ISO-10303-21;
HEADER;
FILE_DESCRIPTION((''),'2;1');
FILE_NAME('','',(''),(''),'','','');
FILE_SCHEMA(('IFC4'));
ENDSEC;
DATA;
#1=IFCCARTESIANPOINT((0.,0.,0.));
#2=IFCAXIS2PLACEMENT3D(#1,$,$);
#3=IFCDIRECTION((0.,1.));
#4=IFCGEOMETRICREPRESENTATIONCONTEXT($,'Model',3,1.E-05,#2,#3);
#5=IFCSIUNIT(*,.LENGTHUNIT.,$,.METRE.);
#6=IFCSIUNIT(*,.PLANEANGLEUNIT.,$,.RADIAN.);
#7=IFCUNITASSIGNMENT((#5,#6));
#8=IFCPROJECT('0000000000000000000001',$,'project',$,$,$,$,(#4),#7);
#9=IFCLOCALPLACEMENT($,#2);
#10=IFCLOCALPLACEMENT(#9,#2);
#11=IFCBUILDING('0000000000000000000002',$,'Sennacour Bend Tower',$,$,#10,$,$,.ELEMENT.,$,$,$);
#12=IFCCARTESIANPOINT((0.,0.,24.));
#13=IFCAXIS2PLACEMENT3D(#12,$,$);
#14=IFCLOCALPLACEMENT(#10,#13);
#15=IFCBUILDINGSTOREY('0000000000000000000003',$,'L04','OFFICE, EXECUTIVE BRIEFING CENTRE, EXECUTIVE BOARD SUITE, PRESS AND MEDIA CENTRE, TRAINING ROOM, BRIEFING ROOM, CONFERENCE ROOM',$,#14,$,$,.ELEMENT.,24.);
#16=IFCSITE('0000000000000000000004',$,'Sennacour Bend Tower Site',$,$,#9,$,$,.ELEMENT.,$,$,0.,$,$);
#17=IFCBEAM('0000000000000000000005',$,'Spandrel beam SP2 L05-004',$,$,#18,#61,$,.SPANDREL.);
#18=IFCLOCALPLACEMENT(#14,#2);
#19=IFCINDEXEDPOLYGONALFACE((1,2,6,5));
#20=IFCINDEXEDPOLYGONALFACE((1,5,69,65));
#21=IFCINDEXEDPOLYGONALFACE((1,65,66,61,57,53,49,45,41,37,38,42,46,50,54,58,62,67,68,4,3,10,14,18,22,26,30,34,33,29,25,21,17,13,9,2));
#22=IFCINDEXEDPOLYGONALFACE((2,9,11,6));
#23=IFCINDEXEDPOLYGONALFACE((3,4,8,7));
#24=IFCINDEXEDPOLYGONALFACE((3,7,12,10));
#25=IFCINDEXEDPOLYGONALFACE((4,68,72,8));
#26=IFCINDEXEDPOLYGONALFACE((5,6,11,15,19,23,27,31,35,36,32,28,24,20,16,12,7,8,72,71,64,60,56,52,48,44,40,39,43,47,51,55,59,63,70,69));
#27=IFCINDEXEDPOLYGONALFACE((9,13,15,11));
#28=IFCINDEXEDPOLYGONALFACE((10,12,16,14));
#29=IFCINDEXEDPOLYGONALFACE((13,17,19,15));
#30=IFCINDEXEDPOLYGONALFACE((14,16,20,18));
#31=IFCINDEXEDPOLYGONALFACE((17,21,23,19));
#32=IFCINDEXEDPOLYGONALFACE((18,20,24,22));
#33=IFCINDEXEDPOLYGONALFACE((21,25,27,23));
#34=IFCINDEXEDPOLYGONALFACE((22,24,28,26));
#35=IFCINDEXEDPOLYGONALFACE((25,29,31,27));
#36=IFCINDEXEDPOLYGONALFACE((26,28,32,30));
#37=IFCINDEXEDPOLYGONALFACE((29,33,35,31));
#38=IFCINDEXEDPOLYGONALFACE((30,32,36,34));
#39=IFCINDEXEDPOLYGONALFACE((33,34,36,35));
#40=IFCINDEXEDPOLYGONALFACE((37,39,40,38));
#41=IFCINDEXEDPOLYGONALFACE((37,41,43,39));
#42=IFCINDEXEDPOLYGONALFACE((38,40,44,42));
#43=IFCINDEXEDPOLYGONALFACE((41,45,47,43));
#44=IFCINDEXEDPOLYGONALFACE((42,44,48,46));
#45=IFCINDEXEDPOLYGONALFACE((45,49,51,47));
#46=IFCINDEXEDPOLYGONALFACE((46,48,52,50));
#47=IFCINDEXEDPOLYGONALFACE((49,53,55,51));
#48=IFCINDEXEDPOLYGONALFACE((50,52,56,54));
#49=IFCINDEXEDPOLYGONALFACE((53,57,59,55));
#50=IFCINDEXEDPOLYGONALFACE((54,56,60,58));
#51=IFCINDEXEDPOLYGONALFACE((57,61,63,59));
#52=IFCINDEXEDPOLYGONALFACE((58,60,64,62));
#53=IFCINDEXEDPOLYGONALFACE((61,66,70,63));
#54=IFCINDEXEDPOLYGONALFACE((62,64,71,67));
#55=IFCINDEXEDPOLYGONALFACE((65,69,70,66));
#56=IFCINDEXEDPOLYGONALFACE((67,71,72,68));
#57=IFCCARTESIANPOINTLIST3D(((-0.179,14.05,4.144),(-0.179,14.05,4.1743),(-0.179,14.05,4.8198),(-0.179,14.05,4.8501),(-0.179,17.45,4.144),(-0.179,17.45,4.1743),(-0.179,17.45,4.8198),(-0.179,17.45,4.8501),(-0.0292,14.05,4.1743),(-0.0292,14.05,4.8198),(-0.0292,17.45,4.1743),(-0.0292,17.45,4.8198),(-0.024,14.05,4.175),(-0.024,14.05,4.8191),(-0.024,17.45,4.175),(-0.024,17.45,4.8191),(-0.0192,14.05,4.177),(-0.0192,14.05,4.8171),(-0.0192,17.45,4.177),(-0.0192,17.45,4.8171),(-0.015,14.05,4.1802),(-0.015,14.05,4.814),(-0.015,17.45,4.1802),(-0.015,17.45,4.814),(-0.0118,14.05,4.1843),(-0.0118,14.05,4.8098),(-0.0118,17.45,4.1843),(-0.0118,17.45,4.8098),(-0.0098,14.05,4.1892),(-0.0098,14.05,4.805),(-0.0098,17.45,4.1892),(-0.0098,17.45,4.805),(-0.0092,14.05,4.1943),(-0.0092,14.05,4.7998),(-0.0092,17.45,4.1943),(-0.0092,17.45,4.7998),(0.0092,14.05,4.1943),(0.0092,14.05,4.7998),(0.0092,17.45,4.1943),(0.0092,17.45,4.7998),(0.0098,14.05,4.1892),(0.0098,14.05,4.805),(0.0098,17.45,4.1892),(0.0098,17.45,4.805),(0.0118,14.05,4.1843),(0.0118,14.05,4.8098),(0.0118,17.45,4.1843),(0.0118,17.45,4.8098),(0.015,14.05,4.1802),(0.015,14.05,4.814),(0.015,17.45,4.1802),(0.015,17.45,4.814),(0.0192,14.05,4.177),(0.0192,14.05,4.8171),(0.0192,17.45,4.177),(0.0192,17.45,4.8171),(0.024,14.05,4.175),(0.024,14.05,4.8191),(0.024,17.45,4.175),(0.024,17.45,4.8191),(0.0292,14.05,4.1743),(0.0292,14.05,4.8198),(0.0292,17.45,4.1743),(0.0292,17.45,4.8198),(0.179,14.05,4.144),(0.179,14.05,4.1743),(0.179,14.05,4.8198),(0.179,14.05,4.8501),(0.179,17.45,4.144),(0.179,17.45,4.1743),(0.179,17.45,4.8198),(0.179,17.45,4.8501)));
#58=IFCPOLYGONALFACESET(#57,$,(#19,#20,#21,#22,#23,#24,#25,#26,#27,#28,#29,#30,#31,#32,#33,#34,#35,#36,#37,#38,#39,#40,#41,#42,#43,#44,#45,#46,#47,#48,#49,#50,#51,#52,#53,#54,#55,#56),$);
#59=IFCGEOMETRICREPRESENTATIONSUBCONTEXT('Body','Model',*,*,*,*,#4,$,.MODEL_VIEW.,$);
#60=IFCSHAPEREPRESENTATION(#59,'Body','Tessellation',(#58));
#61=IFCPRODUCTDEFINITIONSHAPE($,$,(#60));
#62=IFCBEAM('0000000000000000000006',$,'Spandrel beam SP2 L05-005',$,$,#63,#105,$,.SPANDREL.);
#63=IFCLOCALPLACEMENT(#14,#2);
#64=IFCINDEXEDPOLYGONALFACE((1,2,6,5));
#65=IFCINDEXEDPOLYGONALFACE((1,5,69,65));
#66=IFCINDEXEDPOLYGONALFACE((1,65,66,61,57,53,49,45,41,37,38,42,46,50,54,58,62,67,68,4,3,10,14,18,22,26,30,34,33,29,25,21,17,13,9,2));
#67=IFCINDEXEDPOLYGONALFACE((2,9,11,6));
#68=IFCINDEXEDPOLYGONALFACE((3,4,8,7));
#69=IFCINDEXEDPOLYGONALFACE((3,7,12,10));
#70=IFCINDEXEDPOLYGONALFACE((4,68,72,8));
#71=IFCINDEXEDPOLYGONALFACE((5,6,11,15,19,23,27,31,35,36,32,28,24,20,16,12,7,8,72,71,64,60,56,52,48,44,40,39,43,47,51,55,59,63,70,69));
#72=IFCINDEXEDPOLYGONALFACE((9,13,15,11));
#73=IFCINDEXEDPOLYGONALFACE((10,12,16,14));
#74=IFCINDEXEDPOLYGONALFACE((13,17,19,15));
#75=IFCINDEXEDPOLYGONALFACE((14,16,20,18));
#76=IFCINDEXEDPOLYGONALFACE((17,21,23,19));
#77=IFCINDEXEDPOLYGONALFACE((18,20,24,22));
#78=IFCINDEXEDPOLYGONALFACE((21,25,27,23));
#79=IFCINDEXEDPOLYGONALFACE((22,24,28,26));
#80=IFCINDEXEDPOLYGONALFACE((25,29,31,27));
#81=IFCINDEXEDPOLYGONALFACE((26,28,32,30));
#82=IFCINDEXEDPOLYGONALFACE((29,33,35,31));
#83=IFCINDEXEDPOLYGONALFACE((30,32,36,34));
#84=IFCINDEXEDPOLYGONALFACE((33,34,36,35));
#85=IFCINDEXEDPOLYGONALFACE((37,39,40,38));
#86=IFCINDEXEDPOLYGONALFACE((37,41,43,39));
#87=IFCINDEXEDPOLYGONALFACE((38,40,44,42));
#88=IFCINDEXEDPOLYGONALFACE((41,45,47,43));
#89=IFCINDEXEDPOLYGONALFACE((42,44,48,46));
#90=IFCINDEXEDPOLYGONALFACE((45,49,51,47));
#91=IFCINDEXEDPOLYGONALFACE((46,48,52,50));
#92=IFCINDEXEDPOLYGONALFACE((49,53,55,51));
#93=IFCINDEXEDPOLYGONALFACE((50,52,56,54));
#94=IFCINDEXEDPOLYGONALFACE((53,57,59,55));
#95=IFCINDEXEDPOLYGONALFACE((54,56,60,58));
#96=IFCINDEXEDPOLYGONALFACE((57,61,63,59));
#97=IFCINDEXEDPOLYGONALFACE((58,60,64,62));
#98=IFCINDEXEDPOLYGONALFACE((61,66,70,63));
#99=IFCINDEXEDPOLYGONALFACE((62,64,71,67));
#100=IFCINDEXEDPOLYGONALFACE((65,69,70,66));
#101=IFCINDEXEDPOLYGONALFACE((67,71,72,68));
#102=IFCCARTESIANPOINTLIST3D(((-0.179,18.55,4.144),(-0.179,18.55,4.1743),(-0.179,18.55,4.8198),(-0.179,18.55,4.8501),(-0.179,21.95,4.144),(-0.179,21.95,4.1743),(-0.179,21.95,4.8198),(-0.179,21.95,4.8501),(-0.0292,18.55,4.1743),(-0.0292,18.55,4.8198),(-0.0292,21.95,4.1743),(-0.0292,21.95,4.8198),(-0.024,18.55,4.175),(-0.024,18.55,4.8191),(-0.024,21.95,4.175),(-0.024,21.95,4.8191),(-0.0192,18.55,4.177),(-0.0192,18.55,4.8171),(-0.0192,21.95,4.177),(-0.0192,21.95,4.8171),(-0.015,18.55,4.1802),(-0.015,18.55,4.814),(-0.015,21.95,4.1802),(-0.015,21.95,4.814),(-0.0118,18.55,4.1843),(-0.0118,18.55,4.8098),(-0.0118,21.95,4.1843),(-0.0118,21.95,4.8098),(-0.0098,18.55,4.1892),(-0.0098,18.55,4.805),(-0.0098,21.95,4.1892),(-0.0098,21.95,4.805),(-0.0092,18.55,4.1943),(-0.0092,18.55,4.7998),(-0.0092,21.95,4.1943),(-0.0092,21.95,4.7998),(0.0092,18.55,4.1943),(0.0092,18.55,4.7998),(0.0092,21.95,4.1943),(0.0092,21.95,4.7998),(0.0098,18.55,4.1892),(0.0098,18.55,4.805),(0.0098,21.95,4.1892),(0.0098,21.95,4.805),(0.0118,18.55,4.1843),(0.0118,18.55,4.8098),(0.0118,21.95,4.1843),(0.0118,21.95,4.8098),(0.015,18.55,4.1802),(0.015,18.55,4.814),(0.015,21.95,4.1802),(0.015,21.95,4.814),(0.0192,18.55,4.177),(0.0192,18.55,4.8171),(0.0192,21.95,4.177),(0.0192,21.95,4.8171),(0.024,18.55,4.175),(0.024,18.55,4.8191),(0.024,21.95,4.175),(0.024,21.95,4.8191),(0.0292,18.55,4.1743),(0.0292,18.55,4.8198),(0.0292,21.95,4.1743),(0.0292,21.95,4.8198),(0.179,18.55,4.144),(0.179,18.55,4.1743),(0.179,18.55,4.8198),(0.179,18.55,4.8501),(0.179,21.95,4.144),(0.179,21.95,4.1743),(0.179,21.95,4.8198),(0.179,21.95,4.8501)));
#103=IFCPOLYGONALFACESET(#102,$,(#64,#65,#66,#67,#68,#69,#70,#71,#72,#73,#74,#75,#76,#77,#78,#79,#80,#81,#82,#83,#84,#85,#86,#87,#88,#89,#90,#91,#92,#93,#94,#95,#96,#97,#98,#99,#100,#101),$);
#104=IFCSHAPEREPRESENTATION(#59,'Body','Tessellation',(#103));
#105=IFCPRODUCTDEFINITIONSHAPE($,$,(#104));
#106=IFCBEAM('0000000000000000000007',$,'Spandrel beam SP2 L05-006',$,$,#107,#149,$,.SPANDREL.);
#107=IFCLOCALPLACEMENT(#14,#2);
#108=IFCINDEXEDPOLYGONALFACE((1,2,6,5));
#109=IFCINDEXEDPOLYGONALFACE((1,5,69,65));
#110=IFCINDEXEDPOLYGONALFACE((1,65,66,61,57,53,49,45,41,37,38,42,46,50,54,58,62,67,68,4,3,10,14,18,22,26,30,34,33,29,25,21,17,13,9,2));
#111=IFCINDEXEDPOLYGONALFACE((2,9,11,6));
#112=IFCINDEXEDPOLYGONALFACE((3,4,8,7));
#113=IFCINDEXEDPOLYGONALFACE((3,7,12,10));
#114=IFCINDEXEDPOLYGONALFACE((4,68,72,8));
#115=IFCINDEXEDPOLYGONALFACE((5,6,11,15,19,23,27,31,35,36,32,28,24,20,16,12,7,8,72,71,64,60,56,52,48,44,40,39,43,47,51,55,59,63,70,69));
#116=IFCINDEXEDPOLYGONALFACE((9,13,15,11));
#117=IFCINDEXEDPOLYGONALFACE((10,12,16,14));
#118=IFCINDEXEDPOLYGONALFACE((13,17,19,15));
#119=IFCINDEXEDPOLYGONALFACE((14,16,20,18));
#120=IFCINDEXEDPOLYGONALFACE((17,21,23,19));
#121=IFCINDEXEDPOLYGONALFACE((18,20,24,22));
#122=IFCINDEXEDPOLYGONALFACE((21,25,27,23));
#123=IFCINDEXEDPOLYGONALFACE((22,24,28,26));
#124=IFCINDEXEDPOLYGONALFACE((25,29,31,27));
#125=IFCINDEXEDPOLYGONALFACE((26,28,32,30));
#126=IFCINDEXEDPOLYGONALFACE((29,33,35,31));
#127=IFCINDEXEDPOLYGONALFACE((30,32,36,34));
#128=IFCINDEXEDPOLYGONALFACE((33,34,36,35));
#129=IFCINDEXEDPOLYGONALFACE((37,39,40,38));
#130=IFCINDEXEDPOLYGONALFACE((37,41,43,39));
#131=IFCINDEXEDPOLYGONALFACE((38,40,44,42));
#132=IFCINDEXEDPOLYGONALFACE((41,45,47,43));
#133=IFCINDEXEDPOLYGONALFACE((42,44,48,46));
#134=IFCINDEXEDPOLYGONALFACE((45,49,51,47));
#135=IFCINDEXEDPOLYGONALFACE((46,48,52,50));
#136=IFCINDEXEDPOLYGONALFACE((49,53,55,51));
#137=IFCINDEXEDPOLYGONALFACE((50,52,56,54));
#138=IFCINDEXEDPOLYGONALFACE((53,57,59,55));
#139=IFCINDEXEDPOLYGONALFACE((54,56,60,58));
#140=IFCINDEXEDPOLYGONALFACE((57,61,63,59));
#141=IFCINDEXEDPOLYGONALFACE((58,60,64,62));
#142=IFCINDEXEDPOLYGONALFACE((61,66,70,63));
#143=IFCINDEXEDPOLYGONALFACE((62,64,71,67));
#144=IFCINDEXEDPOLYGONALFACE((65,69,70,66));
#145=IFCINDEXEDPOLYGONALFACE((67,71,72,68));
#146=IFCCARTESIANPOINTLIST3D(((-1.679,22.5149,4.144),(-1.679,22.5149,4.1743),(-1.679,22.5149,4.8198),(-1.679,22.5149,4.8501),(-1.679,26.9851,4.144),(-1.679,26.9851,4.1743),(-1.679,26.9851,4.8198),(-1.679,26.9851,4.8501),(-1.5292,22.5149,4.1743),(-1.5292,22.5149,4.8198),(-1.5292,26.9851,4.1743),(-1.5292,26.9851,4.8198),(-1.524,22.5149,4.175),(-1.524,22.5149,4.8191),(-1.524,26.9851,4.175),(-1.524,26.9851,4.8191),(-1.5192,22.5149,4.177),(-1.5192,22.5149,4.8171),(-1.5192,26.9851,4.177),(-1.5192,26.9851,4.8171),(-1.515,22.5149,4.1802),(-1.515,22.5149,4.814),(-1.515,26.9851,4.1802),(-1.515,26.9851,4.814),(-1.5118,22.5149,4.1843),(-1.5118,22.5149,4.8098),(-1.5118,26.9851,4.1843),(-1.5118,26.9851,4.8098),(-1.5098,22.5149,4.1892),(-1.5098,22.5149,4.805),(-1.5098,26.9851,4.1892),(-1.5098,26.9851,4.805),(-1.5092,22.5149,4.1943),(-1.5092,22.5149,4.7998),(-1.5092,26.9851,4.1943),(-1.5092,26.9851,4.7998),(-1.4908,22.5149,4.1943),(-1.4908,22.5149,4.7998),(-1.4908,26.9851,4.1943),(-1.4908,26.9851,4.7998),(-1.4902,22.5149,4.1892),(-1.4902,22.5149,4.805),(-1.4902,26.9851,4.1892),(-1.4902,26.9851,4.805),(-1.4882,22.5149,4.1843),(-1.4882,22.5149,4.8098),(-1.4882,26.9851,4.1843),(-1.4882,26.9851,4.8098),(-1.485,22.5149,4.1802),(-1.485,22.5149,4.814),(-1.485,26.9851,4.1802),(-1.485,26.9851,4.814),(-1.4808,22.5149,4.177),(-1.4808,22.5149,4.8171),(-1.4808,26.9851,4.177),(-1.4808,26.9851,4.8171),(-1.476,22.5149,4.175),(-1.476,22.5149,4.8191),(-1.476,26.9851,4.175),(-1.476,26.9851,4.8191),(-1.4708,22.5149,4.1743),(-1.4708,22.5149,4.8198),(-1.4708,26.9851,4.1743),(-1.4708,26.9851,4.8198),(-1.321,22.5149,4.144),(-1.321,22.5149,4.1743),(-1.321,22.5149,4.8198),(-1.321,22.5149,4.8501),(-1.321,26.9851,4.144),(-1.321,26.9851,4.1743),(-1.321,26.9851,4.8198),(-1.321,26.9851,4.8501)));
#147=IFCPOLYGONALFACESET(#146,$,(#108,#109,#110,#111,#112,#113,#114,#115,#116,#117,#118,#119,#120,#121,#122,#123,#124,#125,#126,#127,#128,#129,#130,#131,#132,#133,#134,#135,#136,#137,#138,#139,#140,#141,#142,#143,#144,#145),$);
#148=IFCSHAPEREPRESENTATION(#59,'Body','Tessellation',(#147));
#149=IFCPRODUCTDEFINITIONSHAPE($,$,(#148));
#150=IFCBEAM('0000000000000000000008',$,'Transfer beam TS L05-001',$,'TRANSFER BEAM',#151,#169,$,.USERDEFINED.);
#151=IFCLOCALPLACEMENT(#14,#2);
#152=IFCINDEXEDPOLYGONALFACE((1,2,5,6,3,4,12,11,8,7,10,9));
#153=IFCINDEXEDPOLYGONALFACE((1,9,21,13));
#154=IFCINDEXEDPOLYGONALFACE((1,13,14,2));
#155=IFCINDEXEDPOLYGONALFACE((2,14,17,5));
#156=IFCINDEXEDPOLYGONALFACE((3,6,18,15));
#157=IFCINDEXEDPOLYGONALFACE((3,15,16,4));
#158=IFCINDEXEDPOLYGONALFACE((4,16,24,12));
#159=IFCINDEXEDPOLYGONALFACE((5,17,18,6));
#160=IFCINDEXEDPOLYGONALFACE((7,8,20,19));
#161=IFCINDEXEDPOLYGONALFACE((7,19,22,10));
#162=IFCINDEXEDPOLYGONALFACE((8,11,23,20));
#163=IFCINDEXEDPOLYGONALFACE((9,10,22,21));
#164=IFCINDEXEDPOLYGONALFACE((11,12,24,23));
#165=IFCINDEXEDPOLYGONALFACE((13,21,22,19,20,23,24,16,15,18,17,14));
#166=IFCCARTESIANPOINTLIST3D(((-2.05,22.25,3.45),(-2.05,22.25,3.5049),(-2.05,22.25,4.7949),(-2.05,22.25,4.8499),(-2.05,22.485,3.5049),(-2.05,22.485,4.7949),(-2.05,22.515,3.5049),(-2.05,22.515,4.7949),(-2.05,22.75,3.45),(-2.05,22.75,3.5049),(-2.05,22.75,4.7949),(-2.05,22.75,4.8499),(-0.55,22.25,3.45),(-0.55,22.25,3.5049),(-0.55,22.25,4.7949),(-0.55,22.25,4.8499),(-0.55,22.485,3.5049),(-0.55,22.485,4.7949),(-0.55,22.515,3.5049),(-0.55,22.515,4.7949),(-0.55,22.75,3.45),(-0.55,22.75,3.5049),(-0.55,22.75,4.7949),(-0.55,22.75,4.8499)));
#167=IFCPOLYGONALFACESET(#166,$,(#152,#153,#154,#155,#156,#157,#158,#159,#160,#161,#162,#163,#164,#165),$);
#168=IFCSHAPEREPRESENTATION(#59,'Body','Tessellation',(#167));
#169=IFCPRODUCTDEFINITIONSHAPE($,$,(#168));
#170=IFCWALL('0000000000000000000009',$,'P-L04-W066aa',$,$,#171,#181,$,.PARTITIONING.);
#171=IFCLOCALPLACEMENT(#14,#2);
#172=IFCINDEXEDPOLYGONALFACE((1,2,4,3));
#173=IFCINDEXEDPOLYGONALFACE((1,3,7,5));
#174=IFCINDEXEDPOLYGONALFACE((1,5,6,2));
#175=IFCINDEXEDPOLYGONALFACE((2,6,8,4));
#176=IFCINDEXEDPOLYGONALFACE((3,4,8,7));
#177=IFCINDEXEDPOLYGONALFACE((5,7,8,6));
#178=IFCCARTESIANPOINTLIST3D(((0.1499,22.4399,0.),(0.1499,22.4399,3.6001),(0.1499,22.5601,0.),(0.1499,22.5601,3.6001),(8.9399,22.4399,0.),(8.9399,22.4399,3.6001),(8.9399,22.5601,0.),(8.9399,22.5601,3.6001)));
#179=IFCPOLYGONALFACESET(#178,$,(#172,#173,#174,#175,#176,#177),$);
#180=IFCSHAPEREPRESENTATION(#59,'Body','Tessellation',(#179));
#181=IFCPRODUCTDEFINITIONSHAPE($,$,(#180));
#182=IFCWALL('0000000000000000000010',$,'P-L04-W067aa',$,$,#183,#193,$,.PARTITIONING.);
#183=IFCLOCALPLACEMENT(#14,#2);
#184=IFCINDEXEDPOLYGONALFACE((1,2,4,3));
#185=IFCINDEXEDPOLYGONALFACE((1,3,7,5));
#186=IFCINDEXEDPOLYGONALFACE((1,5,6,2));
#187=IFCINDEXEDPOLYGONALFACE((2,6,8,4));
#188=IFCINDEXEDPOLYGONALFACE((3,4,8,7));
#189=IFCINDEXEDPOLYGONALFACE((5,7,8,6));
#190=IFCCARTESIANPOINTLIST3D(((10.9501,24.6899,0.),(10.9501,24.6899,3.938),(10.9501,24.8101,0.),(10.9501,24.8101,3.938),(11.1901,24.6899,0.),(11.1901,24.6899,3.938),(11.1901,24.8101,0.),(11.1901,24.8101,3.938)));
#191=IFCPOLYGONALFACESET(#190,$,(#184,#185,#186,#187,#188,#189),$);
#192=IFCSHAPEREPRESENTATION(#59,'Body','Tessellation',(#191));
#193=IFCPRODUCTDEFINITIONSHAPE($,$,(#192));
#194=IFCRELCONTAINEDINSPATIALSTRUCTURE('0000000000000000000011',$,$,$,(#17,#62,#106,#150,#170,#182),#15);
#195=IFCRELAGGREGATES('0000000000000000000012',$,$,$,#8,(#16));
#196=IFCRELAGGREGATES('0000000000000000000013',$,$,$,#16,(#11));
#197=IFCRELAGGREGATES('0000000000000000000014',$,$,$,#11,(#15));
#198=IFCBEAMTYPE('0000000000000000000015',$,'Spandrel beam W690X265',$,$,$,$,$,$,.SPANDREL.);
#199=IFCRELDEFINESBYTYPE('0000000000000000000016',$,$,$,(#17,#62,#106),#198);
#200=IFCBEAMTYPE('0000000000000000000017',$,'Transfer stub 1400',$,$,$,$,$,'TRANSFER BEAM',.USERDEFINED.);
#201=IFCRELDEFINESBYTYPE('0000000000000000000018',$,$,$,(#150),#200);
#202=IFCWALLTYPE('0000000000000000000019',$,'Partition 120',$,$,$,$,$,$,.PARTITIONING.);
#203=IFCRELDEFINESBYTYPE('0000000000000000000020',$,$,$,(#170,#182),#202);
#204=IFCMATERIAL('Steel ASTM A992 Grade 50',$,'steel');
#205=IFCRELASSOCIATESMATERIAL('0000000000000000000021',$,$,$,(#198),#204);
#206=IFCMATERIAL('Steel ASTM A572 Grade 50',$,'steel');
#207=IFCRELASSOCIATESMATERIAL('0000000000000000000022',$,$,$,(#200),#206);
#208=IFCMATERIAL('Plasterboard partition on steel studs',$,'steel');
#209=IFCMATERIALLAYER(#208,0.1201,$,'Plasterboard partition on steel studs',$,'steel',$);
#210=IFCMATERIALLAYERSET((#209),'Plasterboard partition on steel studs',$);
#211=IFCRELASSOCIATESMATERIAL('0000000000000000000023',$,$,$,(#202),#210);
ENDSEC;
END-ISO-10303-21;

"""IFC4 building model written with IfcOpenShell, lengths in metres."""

from ifc_helpers import new_model, si_unit, direction, frame, frame_2d, origin, origin_2d, place, context, subcontext, project, spatial, rectangle, i_section, extrude, material, layer, layer_set, material_profile, profile_set, type_object, element, save


model = new_model("IFC4")

# Units and contexts
model_context = context("Model", 3, precision=1e-05, world=origin(), true_north=direction((0.0, 1.0)))
body_context = subcontext(model_context, "Body", "Model", "MODEL_VIEW")
ifc_project = project(units=[si_unit("LENGTHUNIT", "METRE"), si_unit("PLANEANGLEUNIT", "RADIAN")], contexts=[model_context])

# Site, building, storey
site_placement = place(None, origin())
site = spatial("IfcSite", under=ifc_project, at=site_placement, Name="Sennacour Bend Tower Site", CompositionType="ELEMENT", RefElevation=0.0)
building_placement = place(site_placement, origin())
building = spatial("IfcBuilding", under=site, at=building_placement, Name="Sennacour Bend Tower", CompositionType="ELEMENT")
storey_placement = place(building_placement, frame((0.0, 0.0, 24.0)))
storey = spatial("IfcBuildingStorey", under=building, at=storey_placement, Name="L04", Description="OFFICE, EXECUTIVE BRIEFING CENTRE, EXECUTIVE BOARD SUITE, PRESS AND MEDIA CENTRE, TRAINING ROOM, BRIEFING ROOM, CONFERENCE ROOM", CompositionType="ELEMENT", Elevation=24.0)

# Shared definitions
ifc_material_1 = material(Name="Steel ASTM A572 Grade 50", Category="steel")

# Beams
ifc_material_2 = material(Name="Steel ASTM A992 Grade 50", Category="steel")
ifc_material_profile_1 = material_profile(ifc_material_2, i_section(OverallWidth=0.3579, OverallDepth=0.7061, WebThickness=0.0183, FlangeThickness=0.0303, FilletRadius=0.02, at=origin_2d()), Name="Steel ASTM A992 Grade 50", Category="steel")
ifc_profile_set_1 = profile_set([ifc_material_profile_1], Name="Steel ASTM A992 Grade 50")
beam_type_1 = type_object("IfcBeamType", Name="Spandrel beam W690X265", PredefinedType="SPANDREL", material=ifc_profile_set_1)
for number, where, z_axis, x_axis, name in (
    (1, (0.0, 14.05, 4.4971), (0.0, 1.0, 0.0), (-1.0, 0.0, 0.0), "Spandrel beam SP2 L05-004"),
    (2, (0.0, 18.55, 4.4971), (0.0, 1.0, 0.0), (-1.0, 0.0, 0.0), "Spandrel beam SP2 L05-005"),
):
    element("IfcBeam", number, at=place(storey_placement, frame(where, z_axis=z_axis, x_axis=x_axis)), inside=storey, type_object=beam_type_1, Name=name, PredefinedType="SPANDREL", context=body_context, shape_type="SweptSolid", body=[
        extrude(i_section(OverallWidth=0.3579, OverallDepth=0.7061, WebThickness=0.0183, FlangeThickness=0.0303, FilletRadius=0.02, at=origin_2d()), origin(), (0.0, 0.0, 1.0), 3.3999),
    ])
beam_1_placement = place(storey_placement, frame((-1.5, 22.5149, 4.4971), z_axis=(0.0, 1.0, 0.0), x_axis=(-1.0, 0.0, 0.0)))
element("IfcBeam", 3, at=beam_1_placement, inside=storey, type_object=beam_type_1, Name="Spandrel beam SP2 L05-006", PredefinedType="SPANDREL", context=body_context, shape_type="SweptSolid", body=[
    extrude(i_section(OverallWidth=0.3579, OverallDepth=0.7061, WebThickness=0.0183, FlangeThickness=0.0303, FilletRadius=0.02, at=origin_2d()), origin(), (0.0, 0.0, 1.0), 4.4702),
])
ifc_material_profile_2 = material_profile(ifc_material_1, i_section(OverallWidth=0.5, OverallDepth=1.3999, WebThickness=0.03, FlangeThickness=0.0549, at=origin_2d()), Name="Steel ASTM A572 Grade 50", Category="steel")
ifc_profile_set_2 = profile_set([ifc_material_profile_2], Name="Steel ASTM A572 Grade 50")
beam_type_2 = type_object("IfcBeamType", Name="Transfer stub 1400", ElementType="TRANSFER BEAM", PredefinedType="USERDEFINED", material=ifc_profile_set_2)
beam_2_placement = place(storey_placement, frame((-0.55, 22.5, 4.1499), z_axis=(-1.0, 0.0, 0.0), x_axis=(0.0, -1.0, 0.0)))
element("IfcBeam", 4, at=beam_2_placement, inside=storey, type_object=beam_type_2, Name="Transfer beam TS L05-001", ObjectType="TRANSFER BEAM", PredefinedType="USERDEFINED", context=body_context, shape_type="SweptSolid", body=[
    extrude(i_section(OverallWidth=0.5, OverallDepth=1.3999, WebThickness=0.03, FlangeThickness=0.0549, at=origin_2d()), origin(), (0.0, 0.0, 1.0), 1.5),
])

# Walls
ifc_material_3 = material(Name="Plasterboard partition on steel studs", Category="steel")
ifc_layer_1 = layer(ifc_material_3, 0.1201, Name="Plasterboard partition on steel studs", Category="steel")
ifc_layer_set_1 = layer_set([ifc_layer_1], Name="Plasterboard partition on steel studs")
wall_type_1 = type_object("IfcWallType", Name="Partition 120", PredefinedType="PARTITIONING", material=ifc_layer_set_1)
wall_1_placement = place(storey_placement, frame((0.1499, 22.5, 0.0), z_axis=(0.0, 0.0, 1.0), x_axis=(1.0, 0.0, 0.0)))
element("IfcWall", 5, at=wall_1_placement, inside=storey, type_object=wall_type_1, Name="P-L04-W066aa", PredefinedType="PARTITIONING", context=body_context, shape_type="SweptSolid", body=[
    extrude(rectangle(XDim=8.79, YDim=0.1201, at=frame_2d((4.395, 0.0))), origin(), (0.0, 0.0, 1.0), 3.6001),
])
wall_2_placement = place(storey_placement, frame((10.95, 24.75, 0.0), z_axis=(0.0, 0.0, 1.0), x_axis=(1.0, 0.0, 0.0)))
element("IfcWall", 6, at=wall_2_placement, inside=storey, type_object=wall_type_1, Name="P-L04-W067aa", PredefinedType="PARTITIONING", context=body_context, shape_type="SweptSolid", body=[
    extrude(rectangle(XDim=0.24, YDim=0.1201, at=frame_2d((0.1201, 0.0))), origin(), (0.0, 0.0, 1.0), 3.938),
])

save(model, "model.ifc")
